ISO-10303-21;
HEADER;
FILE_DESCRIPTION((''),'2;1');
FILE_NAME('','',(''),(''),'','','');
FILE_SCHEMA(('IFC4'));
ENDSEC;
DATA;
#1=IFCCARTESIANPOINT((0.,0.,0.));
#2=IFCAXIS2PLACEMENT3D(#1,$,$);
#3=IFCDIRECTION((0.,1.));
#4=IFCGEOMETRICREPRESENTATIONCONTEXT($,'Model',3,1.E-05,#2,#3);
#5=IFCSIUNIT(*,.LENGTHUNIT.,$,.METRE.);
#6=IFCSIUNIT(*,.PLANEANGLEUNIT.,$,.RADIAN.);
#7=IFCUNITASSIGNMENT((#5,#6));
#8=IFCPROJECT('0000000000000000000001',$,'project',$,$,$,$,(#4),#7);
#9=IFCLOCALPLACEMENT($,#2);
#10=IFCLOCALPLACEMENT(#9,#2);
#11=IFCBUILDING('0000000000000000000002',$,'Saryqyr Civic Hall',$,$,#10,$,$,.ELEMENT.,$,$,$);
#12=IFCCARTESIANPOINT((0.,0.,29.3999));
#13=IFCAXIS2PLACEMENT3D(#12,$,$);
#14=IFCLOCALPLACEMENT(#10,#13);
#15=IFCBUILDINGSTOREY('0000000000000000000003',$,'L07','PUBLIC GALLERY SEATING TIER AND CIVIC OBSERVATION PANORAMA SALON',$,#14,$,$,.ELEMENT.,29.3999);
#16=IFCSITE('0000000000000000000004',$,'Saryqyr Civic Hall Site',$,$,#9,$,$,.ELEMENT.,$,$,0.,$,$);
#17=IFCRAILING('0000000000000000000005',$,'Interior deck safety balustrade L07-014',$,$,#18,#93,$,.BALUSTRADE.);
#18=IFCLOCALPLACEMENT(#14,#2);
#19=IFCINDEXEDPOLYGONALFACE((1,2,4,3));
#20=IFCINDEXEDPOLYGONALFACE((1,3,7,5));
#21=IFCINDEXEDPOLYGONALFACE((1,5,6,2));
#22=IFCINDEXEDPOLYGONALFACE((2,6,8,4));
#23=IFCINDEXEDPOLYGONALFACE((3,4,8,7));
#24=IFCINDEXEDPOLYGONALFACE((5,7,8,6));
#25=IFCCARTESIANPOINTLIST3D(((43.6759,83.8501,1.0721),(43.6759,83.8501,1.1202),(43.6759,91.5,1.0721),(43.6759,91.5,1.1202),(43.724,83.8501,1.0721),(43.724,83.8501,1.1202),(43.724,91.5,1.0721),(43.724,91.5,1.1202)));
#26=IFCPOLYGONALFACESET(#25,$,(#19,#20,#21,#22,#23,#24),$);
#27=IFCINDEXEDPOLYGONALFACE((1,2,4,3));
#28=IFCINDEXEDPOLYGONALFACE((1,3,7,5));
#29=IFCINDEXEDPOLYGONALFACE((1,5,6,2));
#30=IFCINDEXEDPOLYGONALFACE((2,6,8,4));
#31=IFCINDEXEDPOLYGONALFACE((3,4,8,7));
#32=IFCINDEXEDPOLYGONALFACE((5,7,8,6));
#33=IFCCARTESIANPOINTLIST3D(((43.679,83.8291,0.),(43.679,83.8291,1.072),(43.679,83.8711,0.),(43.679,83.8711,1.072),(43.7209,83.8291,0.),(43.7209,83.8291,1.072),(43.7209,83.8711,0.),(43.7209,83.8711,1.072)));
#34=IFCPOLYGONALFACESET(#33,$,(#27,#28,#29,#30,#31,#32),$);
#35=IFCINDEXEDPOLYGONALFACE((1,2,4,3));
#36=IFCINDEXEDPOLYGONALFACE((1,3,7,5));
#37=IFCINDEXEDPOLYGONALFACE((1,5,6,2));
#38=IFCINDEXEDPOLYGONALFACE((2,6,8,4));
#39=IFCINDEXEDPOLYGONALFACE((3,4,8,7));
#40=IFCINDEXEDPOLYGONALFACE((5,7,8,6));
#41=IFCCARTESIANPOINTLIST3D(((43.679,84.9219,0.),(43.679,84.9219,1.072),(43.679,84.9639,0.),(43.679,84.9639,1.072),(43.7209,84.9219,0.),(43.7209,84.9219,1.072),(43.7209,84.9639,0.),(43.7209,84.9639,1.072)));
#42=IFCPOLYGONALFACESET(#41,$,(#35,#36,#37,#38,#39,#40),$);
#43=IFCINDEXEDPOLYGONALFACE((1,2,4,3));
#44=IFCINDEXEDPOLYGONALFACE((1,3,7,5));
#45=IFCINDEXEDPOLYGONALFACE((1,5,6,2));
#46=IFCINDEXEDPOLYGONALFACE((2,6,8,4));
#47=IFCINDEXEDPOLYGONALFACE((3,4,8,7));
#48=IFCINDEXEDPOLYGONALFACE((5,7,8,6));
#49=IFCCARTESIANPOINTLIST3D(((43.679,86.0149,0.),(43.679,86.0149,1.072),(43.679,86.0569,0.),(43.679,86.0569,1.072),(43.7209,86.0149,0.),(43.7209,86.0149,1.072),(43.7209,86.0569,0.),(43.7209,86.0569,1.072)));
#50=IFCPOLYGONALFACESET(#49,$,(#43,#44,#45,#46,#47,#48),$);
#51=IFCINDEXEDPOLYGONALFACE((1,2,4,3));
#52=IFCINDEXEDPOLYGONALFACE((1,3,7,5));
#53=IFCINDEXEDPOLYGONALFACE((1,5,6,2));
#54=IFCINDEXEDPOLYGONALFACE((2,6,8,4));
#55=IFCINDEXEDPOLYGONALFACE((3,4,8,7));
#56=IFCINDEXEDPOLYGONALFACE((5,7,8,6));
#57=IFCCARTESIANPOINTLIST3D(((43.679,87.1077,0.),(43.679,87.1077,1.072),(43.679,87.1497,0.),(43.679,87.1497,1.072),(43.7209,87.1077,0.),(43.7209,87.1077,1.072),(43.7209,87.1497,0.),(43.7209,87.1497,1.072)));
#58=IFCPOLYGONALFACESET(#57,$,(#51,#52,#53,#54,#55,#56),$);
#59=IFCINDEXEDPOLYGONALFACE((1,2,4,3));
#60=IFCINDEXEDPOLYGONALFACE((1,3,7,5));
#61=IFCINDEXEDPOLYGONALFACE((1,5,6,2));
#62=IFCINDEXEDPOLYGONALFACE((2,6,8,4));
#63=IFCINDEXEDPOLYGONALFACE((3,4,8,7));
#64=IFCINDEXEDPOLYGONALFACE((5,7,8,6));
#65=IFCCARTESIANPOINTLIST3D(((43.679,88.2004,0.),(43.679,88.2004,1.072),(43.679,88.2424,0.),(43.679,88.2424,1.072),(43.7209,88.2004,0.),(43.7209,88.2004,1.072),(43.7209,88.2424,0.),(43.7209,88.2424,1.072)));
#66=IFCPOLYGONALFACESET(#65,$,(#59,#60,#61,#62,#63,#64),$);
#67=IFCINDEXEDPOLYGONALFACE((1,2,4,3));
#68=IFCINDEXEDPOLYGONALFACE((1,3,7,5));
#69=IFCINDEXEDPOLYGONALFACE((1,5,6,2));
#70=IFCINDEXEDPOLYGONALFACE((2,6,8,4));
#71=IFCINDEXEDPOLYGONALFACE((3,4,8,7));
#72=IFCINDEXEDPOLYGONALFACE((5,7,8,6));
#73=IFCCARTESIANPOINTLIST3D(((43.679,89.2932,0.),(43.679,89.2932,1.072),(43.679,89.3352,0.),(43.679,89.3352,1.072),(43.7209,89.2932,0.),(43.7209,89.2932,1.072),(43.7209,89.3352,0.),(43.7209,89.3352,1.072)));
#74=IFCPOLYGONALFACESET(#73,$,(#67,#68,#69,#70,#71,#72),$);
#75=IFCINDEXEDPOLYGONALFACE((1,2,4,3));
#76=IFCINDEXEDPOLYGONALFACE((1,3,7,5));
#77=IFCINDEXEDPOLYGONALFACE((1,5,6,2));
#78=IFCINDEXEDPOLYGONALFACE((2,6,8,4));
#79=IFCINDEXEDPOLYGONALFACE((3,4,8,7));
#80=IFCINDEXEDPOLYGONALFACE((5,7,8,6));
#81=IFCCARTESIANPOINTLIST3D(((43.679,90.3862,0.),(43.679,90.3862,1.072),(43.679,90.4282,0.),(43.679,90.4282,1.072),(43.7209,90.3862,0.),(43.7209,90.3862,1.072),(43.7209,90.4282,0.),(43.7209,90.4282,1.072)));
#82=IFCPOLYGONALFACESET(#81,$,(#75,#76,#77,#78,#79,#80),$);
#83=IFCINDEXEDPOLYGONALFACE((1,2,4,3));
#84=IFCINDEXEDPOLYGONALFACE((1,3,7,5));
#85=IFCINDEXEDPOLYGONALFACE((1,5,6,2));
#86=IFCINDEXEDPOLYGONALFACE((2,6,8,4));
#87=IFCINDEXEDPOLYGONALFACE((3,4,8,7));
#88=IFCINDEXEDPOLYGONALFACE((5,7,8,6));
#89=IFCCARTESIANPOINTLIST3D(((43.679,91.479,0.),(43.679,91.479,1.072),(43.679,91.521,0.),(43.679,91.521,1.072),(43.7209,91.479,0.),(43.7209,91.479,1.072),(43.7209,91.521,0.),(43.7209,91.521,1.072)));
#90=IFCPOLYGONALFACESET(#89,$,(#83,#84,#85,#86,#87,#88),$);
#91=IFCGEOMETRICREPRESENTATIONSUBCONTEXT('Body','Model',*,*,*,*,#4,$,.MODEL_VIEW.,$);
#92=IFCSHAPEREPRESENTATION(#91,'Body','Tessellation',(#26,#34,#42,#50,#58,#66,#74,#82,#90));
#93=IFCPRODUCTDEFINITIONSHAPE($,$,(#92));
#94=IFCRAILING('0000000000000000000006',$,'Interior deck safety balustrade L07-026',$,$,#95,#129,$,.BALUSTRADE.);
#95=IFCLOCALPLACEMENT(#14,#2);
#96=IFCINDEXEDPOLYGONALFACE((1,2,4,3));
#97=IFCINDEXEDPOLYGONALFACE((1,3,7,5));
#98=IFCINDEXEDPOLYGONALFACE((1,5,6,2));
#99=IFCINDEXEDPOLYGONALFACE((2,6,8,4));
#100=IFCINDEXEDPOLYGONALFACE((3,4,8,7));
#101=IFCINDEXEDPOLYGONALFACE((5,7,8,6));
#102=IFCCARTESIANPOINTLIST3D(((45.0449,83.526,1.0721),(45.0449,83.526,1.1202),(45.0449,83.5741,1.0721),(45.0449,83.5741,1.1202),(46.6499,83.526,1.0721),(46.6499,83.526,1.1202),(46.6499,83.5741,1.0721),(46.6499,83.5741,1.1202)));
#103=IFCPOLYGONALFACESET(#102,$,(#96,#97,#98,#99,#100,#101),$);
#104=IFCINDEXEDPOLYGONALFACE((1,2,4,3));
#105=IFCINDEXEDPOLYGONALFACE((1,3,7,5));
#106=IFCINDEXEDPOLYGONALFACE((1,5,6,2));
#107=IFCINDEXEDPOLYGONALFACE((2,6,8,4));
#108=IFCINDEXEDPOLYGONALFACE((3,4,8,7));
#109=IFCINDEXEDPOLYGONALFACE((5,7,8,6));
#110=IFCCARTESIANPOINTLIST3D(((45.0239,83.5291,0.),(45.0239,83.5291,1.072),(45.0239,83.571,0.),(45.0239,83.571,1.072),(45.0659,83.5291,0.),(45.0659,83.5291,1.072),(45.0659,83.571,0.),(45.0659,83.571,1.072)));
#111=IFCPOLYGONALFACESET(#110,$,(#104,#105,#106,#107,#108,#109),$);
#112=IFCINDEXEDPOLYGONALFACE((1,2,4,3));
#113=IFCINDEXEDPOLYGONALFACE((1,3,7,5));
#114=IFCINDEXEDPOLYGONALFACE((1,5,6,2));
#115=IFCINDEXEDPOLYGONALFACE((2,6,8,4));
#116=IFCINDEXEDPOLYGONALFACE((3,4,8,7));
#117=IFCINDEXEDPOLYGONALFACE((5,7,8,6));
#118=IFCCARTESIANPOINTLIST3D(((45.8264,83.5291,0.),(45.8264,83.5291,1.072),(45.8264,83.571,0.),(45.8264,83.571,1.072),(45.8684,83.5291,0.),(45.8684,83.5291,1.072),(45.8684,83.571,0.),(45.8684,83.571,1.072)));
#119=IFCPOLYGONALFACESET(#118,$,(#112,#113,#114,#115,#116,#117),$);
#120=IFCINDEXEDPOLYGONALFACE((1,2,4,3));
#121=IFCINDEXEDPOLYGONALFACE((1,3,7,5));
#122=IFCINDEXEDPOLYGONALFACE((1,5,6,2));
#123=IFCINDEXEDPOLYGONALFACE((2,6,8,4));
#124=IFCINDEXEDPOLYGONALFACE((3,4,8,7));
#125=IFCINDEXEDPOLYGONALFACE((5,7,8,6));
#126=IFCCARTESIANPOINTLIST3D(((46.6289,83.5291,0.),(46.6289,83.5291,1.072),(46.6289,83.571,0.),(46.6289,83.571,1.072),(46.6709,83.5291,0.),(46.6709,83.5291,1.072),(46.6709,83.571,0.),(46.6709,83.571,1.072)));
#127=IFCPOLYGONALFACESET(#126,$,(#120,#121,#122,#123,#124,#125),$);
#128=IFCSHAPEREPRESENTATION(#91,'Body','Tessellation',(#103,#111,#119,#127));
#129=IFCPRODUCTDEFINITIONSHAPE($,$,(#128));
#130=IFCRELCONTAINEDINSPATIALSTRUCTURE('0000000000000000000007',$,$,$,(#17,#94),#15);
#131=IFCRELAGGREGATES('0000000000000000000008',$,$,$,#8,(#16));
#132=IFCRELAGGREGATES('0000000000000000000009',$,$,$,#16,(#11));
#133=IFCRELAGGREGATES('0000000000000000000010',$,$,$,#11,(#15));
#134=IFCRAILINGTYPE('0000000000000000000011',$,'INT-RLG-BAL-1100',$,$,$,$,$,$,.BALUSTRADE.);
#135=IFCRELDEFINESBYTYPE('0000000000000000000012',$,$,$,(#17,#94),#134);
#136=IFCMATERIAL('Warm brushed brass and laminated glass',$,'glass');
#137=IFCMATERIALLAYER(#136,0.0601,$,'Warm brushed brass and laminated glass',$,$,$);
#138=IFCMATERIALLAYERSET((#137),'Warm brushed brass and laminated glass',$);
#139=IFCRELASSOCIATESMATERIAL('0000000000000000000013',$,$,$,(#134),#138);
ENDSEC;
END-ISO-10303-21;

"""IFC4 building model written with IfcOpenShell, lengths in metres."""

from ifc_helpers import new_model, si_unit, direction, frame, origin, origin_2d, place, context, subcontext, project, spatial, rectangle, extrude, material, layer, layer_set, type_object, element, save


model = new_model("IFC4")

# Units and contexts
model_context = context("Model", 3, precision=1e-05, world=origin(), true_north=direction((0.0, 1.0)))
body_context = subcontext(model_context, "Body", "Model", "MODEL_VIEW")
ifc_project = project(units=[si_unit("LENGTHUNIT", "METRE"), si_unit("PLANEANGLEUNIT", "RADIAN")], contexts=[model_context])

# Site, building, storey
site_placement = place(None, origin())
site = spatial("IfcSite", under=ifc_project, at=site_placement, Name="Saryqyr Civic Hall Site", CompositionType="ELEMENT", RefElevation=0.0)
building_placement = place(site_placement, origin())
building = spatial("IfcBuilding", under=site, at=building_placement, Name="Saryqyr Civic Hall", CompositionType="ELEMENT")
storey_placement = place(building_placement, frame((0.0, 0.0, 29.3999)))
storey = spatial("IfcBuildingStorey", under=building, at=storey_placement, Name="L07", Description="PUBLIC GALLERY SEATING TIER AND CIVIC OBSERVATION PANORAMA SALON", CompositionType="ELEMENT", Elevation=29.3999)

# Railings
ifc_material_1 = material(Name="Warm brushed brass and laminated glass", Category="glass")
ifc_layer_1 = layer(ifc_material_1, 0.0601, Name="Warm brushed brass and laminated glass")
ifc_layer_set_1 = layer_set([ifc_layer_1], Name="Warm brushed brass and laminated glass")
railing_type = type_object("IfcRailingType", Name="INT-RLG-BAL-1100", PredefinedType="BALUSTRADE", material=ifc_layer_set_1)
railing_1_placement = place(storey_placement, frame((43.7, 83.8501, 0.0)))
element("IfcRailing", 1, at=railing_1_placement, inside=storey, type_object=railing_type, Name="Interior deck safety balustrade L07-014", PredefinedType="BALUSTRADE", context=body_context, shape_type="SweptSolid", body=[
    extrude(rectangle(XDim=0.0481, YDim=0.0481, at=origin_2d()), frame((0.0, 0.0, 1.0962), z_axis=(0.0, 1.0, 0.0), x_axis=(-1.0, 0.0, 0.0)), (0.0, 0.0, 1.0), 7.6499),
    extrude(rectangle(XDim=0.042, YDim=0.042, at=origin_2d()), origin(), (0.0, 0.0, 1.0), 1.072),
    extrude(rectangle(XDim=0.042, YDim=0.042, at=origin_2d()), frame((0.0, 1.0928, 0.0)), (0.0, 0.0, 1.0), 1.072),
    extrude(rectangle(XDim=0.042, YDim=0.042, at=origin_2d()), frame((0.0, 2.1858, 0.0)), (0.0, 0.0, 1.0), 1.072),
    extrude(rectangle(XDim=0.042, YDim=0.042, at=origin_2d()), frame((0.0, 3.2786, 0.0)), (0.0, 0.0, 1.0), 1.072),
    extrude(rectangle(XDim=0.042, YDim=0.042, at=origin_2d()), frame((0.0, 4.3713, 0.0)), (0.0, 0.0, 1.0), 1.072),
    extrude(rectangle(XDim=0.042, YDim=0.042, at=origin_2d()), frame((0.0, 5.4641, 0.0)), (0.0, 0.0, 1.0), 1.072),
    extrude(rectangle(XDim=0.042, YDim=0.042, at=origin_2d()), frame((0.0, 6.5571, 0.0)), (0.0, 0.0, 1.0), 1.072),
    extrude(rectangle(XDim=0.042, YDim=0.042, at=origin_2d()), frame((0.0, 7.6499, 0.0)), (0.0, 0.0, 1.0), 1.072),
])
railing_2_placement = place(storey_placement, frame((45.0449, 83.55, 0.0)))
element("IfcRailing", 2, at=railing_2_placement, inside=storey, type_object=railing_type, Name="Interior deck safety balustrade L07-026", PredefinedType="BALUSTRADE", context=body_context, shape_type="SweptSolid", body=[
    extrude(rectangle(XDim=0.0481, YDim=0.0481, at=origin_2d()), frame((0.0, 0.0, 1.0962), z_axis=(1.0, 0.0, 0.0), x_axis=(0.0, 1.0, 0.0)), (0.0, 0.0, 1.0), 1.605),
    extrude(rectangle(XDim=0.042, YDim=0.042, at=origin_2d()), origin(), (0.0, 0.0, 1.0), 1.072),
    extrude(rectangle(XDim=0.042, YDim=0.042, at=origin_2d()), frame((0.8025, 0.0, 0.0)), (0.0, 0.0, 1.0), 1.072),
    extrude(rectangle(XDim=0.042, YDim=0.042, at=origin_2d()), frame((1.605, 0.0, 0.0)), (0.0, 0.0, 1.0), 1.072),
])

save(model, "model.ifc")
